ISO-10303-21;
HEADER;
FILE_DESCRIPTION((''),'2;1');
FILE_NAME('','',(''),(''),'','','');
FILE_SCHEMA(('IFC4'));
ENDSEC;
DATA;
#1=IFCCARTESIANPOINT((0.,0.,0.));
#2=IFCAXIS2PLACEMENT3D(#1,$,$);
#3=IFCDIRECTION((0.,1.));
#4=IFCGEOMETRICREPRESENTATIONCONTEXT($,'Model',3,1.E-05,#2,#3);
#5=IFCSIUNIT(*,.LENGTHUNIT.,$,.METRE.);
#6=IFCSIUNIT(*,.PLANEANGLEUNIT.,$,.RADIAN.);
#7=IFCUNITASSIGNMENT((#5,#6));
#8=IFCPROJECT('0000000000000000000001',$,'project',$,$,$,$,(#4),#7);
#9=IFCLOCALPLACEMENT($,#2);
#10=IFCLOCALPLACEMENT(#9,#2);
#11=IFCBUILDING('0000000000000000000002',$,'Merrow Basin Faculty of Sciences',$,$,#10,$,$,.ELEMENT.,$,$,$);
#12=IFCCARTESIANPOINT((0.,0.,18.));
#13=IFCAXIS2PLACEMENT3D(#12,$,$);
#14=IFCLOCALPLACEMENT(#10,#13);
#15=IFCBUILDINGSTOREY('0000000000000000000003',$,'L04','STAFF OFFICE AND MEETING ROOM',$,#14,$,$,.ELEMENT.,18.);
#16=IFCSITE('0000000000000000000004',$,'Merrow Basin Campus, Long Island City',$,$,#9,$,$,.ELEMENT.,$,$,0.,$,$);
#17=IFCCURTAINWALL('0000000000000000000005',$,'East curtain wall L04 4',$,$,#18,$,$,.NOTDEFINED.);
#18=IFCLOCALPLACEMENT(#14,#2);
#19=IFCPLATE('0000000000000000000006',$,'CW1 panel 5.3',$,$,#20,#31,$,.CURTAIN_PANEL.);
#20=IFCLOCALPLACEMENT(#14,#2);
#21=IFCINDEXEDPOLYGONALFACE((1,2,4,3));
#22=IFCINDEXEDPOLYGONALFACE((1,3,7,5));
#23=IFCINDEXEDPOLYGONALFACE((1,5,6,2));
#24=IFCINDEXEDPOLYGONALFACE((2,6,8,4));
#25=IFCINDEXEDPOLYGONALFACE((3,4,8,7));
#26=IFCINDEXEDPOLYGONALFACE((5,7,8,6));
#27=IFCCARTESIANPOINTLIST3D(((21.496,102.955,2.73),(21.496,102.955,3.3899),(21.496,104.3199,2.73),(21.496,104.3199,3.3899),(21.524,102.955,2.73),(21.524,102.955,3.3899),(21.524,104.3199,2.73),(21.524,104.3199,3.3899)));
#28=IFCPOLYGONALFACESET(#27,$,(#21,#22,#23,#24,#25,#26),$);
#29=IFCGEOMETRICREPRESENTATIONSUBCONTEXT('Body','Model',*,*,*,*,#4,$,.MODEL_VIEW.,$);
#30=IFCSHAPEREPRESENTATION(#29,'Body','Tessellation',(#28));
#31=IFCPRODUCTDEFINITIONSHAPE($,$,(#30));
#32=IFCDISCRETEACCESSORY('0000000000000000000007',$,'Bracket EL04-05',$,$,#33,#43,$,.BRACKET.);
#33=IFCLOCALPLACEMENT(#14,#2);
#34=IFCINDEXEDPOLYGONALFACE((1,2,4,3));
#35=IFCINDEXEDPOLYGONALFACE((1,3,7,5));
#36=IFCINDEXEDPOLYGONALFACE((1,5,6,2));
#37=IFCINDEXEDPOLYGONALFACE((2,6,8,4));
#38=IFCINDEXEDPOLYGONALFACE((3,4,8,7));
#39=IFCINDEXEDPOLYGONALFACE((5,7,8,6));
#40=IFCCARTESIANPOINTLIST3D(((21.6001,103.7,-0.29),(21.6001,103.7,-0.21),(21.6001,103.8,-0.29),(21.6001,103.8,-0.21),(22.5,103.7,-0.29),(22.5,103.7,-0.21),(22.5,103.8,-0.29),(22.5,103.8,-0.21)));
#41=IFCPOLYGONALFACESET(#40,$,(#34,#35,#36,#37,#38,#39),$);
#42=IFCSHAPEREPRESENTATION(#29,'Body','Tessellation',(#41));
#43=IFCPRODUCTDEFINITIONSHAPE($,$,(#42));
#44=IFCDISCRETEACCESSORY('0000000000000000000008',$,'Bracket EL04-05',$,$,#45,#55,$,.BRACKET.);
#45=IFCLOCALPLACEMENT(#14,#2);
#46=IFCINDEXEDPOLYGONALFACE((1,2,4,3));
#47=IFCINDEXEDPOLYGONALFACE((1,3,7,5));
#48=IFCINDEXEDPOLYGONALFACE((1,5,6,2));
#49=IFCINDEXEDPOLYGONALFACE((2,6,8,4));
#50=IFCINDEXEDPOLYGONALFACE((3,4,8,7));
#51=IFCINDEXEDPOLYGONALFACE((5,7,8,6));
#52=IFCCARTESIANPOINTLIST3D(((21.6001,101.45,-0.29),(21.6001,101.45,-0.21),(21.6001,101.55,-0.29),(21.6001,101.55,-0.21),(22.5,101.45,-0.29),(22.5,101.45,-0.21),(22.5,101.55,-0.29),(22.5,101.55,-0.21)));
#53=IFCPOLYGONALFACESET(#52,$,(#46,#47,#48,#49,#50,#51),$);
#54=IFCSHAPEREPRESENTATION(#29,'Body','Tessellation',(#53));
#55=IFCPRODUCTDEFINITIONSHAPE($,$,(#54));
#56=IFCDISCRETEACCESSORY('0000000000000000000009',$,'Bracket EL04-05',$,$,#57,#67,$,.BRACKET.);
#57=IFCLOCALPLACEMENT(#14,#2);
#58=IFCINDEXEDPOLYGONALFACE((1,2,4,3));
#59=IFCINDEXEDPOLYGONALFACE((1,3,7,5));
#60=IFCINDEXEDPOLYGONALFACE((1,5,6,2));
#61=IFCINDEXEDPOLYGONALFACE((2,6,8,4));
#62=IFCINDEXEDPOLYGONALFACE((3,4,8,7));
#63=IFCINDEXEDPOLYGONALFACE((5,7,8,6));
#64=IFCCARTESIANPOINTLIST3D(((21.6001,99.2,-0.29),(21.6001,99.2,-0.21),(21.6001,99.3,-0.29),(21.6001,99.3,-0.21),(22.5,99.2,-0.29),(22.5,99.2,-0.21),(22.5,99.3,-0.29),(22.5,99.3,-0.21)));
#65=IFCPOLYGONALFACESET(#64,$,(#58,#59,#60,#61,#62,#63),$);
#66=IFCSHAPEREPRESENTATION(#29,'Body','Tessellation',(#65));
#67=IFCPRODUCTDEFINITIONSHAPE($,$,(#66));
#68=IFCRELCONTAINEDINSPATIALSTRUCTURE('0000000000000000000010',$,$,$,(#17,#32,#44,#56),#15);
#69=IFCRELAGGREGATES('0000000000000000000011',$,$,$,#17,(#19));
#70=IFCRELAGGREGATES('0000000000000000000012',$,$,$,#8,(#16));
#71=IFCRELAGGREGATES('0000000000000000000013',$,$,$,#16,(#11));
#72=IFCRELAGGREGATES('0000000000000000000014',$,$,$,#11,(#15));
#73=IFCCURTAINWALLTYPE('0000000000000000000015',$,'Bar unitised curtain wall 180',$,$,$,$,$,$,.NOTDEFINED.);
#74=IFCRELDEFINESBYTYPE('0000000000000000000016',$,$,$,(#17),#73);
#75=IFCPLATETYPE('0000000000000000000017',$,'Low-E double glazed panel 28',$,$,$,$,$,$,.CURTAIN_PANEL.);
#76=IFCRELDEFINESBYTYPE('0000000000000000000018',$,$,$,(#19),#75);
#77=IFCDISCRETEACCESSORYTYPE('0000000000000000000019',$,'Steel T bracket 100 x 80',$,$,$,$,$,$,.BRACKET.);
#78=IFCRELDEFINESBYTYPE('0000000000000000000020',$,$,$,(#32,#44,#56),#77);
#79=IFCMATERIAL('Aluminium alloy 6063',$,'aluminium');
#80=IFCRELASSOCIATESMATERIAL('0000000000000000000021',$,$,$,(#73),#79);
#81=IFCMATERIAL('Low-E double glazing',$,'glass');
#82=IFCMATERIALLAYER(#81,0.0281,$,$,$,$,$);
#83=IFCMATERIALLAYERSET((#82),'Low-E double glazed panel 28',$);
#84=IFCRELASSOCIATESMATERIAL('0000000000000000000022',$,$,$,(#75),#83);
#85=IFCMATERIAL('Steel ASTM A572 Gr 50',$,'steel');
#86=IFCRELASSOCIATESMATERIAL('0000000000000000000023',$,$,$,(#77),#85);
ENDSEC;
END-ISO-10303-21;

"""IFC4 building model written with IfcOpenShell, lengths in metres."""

from ifc_helpers import new_model, si_unit, direction, frame, origin, origin_2d, place, context, subcontext, project, spatial, polyline, rectangle, outline, extrude, source, transform, mapped, material, layer, layer_set, type_object, element, aggregate, save


model = new_model("IFC4")

# Units and contexts
model_context = context("Model", 3, precision=1e-05, world=origin(), true_north=direction((0.0, 1.0)))
body_context = subcontext(model_context, "Body", "Model", "MODEL_VIEW")
ifc_project = project(units=[si_unit("LENGTHUNIT", "METRE"), si_unit("PLANEANGLEUNIT", "RADIAN")], contexts=[model_context])

# Site, building, storey
site_placement = place(None, origin())
site = spatial("IfcSite", under=ifc_project, at=site_placement, Name="Merrow Basin Campus, Long Island City", CompositionType="ELEMENT", RefElevation=0.0)
building_placement = place(site_placement, origin())
building = spatial("IfcBuilding", under=site, at=building_placement, Name="Merrow Basin Faculty of Sciences", CompositionType="ELEMENT")
storey_placement = place(building_placement, frame((0.0, 0.0, 18.0)))
storey = spatial("IfcBuildingStorey", under=building, at=storey_placement, Name="L04", Description="STAFF OFFICE AND MEETING ROOM", CompositionType="ELEMENT", Elevation=18.0)

# Curtain wall, plate
ifc_material_1 = material(Name="Aluminium alloy 6063", Category="aluminium")
curtain_wall_type = type_object("IfcCurtainWallType", Name="Bar unitised curtain wall 180", PredefinedType="NOTDEFINED", material=ifc_material_1)
curtain_wall_placement = place(storey_placement, origin())
curtain_wall = element("IfcCurtainWall", 1, at=curtain_wall_placement, inside=storey, type_object=curtain_wall_type, Name="East curtain wall L04 4", PredefinedType="NOTDEFINED")
ifc_material_2 = material(Name="Low-E double glazing", Category="glass")
ifc_layer_1 = layer(ifc_material_2, 0.0281)
ifc_layer_set_1 = layer_set([ifc_layer_1], Name="Low-E double glazed panel 28")
plate_type_1 = type_object("IfcPlateType", Name="Low-E double glazed panel 28", PredefinedType="CURTAIN_PANEL", material=ifc_layer_set_1)
plate_1_placement = place(storey_placement, frame((21.51, 103.6375, 2.73), z_axis=(0.0, 0.0, 1.0), x_axis=(0.0, 1.0, 0.0)))
plate_1 = element("IfcPlate", 2, at=plate_1_placement, type_object=plate_type_1, Name="CW1 panel 5.3", PredefinedType="CURTAIN_PANEL", context=body_context, shape_type="SweptSolid", body=[
    extrude(rectangle(XDim=1.365, YDim=0.0281, at=origin_2d()), origin(), (0.0, 0.0, 1.0), 0.6599),
])
aggregate(curtain_wall, [plate_1])

# Discrete accessories
ifc_material_3 = material(Name="Steel ASTM A572 Gr 50", Category="steel")
discrete_accessory_type = type_object("IfcDiscreteAccessoryType", Name="Steel T bracket 100 x 80", PredefinedType="BRACKET", material=ifc_material_3)
shared_shape = source(origin(), body_context, "Body", "SweptSolid", [
    extrude(outline(polyline([(0.0, 0.0), (0.1001, 0.0), (0.1001, 0.0801), (0.0, 0.0801), (0.0, 0.0)])), origin(), (0.0, 0.0, 1.0), 0.8999),
])
for number, where, z_axis, x_axis, name in (
    (3, (22.5, 103.8, -0.29), (-1.0, 0.0, 0.0), (0.0, -1.0, 0.0), "Bracket EL04-05"),
    (4, (22.5, 101.55, -0.29), (-1.0, 0.0, 0.0), (0.0, -1.0, 0.0), "Bracket EL04-05"),
    (5, (22.5, 99.3, -0.29), (-1.0, 0.0, 0.0), (0.0, -1.0, 0.0), "Bracket EL04-05"),
):
    element("IfcDiscreteAccessory", number, at=place(storey_placement, frame(where, z_axis=z_axis, x_axis=x_axis)), inside=storey, type_object=discrete_accessory_type, Name=name, PredefinedType="BRACKET", context=body_context, shape_type="MappedRepresentation", body=[
        mapped(shared_shape, transform((0.0, 0.0, 0.0), scale=1.0)),
    ])

save(model, "model.ifc")
